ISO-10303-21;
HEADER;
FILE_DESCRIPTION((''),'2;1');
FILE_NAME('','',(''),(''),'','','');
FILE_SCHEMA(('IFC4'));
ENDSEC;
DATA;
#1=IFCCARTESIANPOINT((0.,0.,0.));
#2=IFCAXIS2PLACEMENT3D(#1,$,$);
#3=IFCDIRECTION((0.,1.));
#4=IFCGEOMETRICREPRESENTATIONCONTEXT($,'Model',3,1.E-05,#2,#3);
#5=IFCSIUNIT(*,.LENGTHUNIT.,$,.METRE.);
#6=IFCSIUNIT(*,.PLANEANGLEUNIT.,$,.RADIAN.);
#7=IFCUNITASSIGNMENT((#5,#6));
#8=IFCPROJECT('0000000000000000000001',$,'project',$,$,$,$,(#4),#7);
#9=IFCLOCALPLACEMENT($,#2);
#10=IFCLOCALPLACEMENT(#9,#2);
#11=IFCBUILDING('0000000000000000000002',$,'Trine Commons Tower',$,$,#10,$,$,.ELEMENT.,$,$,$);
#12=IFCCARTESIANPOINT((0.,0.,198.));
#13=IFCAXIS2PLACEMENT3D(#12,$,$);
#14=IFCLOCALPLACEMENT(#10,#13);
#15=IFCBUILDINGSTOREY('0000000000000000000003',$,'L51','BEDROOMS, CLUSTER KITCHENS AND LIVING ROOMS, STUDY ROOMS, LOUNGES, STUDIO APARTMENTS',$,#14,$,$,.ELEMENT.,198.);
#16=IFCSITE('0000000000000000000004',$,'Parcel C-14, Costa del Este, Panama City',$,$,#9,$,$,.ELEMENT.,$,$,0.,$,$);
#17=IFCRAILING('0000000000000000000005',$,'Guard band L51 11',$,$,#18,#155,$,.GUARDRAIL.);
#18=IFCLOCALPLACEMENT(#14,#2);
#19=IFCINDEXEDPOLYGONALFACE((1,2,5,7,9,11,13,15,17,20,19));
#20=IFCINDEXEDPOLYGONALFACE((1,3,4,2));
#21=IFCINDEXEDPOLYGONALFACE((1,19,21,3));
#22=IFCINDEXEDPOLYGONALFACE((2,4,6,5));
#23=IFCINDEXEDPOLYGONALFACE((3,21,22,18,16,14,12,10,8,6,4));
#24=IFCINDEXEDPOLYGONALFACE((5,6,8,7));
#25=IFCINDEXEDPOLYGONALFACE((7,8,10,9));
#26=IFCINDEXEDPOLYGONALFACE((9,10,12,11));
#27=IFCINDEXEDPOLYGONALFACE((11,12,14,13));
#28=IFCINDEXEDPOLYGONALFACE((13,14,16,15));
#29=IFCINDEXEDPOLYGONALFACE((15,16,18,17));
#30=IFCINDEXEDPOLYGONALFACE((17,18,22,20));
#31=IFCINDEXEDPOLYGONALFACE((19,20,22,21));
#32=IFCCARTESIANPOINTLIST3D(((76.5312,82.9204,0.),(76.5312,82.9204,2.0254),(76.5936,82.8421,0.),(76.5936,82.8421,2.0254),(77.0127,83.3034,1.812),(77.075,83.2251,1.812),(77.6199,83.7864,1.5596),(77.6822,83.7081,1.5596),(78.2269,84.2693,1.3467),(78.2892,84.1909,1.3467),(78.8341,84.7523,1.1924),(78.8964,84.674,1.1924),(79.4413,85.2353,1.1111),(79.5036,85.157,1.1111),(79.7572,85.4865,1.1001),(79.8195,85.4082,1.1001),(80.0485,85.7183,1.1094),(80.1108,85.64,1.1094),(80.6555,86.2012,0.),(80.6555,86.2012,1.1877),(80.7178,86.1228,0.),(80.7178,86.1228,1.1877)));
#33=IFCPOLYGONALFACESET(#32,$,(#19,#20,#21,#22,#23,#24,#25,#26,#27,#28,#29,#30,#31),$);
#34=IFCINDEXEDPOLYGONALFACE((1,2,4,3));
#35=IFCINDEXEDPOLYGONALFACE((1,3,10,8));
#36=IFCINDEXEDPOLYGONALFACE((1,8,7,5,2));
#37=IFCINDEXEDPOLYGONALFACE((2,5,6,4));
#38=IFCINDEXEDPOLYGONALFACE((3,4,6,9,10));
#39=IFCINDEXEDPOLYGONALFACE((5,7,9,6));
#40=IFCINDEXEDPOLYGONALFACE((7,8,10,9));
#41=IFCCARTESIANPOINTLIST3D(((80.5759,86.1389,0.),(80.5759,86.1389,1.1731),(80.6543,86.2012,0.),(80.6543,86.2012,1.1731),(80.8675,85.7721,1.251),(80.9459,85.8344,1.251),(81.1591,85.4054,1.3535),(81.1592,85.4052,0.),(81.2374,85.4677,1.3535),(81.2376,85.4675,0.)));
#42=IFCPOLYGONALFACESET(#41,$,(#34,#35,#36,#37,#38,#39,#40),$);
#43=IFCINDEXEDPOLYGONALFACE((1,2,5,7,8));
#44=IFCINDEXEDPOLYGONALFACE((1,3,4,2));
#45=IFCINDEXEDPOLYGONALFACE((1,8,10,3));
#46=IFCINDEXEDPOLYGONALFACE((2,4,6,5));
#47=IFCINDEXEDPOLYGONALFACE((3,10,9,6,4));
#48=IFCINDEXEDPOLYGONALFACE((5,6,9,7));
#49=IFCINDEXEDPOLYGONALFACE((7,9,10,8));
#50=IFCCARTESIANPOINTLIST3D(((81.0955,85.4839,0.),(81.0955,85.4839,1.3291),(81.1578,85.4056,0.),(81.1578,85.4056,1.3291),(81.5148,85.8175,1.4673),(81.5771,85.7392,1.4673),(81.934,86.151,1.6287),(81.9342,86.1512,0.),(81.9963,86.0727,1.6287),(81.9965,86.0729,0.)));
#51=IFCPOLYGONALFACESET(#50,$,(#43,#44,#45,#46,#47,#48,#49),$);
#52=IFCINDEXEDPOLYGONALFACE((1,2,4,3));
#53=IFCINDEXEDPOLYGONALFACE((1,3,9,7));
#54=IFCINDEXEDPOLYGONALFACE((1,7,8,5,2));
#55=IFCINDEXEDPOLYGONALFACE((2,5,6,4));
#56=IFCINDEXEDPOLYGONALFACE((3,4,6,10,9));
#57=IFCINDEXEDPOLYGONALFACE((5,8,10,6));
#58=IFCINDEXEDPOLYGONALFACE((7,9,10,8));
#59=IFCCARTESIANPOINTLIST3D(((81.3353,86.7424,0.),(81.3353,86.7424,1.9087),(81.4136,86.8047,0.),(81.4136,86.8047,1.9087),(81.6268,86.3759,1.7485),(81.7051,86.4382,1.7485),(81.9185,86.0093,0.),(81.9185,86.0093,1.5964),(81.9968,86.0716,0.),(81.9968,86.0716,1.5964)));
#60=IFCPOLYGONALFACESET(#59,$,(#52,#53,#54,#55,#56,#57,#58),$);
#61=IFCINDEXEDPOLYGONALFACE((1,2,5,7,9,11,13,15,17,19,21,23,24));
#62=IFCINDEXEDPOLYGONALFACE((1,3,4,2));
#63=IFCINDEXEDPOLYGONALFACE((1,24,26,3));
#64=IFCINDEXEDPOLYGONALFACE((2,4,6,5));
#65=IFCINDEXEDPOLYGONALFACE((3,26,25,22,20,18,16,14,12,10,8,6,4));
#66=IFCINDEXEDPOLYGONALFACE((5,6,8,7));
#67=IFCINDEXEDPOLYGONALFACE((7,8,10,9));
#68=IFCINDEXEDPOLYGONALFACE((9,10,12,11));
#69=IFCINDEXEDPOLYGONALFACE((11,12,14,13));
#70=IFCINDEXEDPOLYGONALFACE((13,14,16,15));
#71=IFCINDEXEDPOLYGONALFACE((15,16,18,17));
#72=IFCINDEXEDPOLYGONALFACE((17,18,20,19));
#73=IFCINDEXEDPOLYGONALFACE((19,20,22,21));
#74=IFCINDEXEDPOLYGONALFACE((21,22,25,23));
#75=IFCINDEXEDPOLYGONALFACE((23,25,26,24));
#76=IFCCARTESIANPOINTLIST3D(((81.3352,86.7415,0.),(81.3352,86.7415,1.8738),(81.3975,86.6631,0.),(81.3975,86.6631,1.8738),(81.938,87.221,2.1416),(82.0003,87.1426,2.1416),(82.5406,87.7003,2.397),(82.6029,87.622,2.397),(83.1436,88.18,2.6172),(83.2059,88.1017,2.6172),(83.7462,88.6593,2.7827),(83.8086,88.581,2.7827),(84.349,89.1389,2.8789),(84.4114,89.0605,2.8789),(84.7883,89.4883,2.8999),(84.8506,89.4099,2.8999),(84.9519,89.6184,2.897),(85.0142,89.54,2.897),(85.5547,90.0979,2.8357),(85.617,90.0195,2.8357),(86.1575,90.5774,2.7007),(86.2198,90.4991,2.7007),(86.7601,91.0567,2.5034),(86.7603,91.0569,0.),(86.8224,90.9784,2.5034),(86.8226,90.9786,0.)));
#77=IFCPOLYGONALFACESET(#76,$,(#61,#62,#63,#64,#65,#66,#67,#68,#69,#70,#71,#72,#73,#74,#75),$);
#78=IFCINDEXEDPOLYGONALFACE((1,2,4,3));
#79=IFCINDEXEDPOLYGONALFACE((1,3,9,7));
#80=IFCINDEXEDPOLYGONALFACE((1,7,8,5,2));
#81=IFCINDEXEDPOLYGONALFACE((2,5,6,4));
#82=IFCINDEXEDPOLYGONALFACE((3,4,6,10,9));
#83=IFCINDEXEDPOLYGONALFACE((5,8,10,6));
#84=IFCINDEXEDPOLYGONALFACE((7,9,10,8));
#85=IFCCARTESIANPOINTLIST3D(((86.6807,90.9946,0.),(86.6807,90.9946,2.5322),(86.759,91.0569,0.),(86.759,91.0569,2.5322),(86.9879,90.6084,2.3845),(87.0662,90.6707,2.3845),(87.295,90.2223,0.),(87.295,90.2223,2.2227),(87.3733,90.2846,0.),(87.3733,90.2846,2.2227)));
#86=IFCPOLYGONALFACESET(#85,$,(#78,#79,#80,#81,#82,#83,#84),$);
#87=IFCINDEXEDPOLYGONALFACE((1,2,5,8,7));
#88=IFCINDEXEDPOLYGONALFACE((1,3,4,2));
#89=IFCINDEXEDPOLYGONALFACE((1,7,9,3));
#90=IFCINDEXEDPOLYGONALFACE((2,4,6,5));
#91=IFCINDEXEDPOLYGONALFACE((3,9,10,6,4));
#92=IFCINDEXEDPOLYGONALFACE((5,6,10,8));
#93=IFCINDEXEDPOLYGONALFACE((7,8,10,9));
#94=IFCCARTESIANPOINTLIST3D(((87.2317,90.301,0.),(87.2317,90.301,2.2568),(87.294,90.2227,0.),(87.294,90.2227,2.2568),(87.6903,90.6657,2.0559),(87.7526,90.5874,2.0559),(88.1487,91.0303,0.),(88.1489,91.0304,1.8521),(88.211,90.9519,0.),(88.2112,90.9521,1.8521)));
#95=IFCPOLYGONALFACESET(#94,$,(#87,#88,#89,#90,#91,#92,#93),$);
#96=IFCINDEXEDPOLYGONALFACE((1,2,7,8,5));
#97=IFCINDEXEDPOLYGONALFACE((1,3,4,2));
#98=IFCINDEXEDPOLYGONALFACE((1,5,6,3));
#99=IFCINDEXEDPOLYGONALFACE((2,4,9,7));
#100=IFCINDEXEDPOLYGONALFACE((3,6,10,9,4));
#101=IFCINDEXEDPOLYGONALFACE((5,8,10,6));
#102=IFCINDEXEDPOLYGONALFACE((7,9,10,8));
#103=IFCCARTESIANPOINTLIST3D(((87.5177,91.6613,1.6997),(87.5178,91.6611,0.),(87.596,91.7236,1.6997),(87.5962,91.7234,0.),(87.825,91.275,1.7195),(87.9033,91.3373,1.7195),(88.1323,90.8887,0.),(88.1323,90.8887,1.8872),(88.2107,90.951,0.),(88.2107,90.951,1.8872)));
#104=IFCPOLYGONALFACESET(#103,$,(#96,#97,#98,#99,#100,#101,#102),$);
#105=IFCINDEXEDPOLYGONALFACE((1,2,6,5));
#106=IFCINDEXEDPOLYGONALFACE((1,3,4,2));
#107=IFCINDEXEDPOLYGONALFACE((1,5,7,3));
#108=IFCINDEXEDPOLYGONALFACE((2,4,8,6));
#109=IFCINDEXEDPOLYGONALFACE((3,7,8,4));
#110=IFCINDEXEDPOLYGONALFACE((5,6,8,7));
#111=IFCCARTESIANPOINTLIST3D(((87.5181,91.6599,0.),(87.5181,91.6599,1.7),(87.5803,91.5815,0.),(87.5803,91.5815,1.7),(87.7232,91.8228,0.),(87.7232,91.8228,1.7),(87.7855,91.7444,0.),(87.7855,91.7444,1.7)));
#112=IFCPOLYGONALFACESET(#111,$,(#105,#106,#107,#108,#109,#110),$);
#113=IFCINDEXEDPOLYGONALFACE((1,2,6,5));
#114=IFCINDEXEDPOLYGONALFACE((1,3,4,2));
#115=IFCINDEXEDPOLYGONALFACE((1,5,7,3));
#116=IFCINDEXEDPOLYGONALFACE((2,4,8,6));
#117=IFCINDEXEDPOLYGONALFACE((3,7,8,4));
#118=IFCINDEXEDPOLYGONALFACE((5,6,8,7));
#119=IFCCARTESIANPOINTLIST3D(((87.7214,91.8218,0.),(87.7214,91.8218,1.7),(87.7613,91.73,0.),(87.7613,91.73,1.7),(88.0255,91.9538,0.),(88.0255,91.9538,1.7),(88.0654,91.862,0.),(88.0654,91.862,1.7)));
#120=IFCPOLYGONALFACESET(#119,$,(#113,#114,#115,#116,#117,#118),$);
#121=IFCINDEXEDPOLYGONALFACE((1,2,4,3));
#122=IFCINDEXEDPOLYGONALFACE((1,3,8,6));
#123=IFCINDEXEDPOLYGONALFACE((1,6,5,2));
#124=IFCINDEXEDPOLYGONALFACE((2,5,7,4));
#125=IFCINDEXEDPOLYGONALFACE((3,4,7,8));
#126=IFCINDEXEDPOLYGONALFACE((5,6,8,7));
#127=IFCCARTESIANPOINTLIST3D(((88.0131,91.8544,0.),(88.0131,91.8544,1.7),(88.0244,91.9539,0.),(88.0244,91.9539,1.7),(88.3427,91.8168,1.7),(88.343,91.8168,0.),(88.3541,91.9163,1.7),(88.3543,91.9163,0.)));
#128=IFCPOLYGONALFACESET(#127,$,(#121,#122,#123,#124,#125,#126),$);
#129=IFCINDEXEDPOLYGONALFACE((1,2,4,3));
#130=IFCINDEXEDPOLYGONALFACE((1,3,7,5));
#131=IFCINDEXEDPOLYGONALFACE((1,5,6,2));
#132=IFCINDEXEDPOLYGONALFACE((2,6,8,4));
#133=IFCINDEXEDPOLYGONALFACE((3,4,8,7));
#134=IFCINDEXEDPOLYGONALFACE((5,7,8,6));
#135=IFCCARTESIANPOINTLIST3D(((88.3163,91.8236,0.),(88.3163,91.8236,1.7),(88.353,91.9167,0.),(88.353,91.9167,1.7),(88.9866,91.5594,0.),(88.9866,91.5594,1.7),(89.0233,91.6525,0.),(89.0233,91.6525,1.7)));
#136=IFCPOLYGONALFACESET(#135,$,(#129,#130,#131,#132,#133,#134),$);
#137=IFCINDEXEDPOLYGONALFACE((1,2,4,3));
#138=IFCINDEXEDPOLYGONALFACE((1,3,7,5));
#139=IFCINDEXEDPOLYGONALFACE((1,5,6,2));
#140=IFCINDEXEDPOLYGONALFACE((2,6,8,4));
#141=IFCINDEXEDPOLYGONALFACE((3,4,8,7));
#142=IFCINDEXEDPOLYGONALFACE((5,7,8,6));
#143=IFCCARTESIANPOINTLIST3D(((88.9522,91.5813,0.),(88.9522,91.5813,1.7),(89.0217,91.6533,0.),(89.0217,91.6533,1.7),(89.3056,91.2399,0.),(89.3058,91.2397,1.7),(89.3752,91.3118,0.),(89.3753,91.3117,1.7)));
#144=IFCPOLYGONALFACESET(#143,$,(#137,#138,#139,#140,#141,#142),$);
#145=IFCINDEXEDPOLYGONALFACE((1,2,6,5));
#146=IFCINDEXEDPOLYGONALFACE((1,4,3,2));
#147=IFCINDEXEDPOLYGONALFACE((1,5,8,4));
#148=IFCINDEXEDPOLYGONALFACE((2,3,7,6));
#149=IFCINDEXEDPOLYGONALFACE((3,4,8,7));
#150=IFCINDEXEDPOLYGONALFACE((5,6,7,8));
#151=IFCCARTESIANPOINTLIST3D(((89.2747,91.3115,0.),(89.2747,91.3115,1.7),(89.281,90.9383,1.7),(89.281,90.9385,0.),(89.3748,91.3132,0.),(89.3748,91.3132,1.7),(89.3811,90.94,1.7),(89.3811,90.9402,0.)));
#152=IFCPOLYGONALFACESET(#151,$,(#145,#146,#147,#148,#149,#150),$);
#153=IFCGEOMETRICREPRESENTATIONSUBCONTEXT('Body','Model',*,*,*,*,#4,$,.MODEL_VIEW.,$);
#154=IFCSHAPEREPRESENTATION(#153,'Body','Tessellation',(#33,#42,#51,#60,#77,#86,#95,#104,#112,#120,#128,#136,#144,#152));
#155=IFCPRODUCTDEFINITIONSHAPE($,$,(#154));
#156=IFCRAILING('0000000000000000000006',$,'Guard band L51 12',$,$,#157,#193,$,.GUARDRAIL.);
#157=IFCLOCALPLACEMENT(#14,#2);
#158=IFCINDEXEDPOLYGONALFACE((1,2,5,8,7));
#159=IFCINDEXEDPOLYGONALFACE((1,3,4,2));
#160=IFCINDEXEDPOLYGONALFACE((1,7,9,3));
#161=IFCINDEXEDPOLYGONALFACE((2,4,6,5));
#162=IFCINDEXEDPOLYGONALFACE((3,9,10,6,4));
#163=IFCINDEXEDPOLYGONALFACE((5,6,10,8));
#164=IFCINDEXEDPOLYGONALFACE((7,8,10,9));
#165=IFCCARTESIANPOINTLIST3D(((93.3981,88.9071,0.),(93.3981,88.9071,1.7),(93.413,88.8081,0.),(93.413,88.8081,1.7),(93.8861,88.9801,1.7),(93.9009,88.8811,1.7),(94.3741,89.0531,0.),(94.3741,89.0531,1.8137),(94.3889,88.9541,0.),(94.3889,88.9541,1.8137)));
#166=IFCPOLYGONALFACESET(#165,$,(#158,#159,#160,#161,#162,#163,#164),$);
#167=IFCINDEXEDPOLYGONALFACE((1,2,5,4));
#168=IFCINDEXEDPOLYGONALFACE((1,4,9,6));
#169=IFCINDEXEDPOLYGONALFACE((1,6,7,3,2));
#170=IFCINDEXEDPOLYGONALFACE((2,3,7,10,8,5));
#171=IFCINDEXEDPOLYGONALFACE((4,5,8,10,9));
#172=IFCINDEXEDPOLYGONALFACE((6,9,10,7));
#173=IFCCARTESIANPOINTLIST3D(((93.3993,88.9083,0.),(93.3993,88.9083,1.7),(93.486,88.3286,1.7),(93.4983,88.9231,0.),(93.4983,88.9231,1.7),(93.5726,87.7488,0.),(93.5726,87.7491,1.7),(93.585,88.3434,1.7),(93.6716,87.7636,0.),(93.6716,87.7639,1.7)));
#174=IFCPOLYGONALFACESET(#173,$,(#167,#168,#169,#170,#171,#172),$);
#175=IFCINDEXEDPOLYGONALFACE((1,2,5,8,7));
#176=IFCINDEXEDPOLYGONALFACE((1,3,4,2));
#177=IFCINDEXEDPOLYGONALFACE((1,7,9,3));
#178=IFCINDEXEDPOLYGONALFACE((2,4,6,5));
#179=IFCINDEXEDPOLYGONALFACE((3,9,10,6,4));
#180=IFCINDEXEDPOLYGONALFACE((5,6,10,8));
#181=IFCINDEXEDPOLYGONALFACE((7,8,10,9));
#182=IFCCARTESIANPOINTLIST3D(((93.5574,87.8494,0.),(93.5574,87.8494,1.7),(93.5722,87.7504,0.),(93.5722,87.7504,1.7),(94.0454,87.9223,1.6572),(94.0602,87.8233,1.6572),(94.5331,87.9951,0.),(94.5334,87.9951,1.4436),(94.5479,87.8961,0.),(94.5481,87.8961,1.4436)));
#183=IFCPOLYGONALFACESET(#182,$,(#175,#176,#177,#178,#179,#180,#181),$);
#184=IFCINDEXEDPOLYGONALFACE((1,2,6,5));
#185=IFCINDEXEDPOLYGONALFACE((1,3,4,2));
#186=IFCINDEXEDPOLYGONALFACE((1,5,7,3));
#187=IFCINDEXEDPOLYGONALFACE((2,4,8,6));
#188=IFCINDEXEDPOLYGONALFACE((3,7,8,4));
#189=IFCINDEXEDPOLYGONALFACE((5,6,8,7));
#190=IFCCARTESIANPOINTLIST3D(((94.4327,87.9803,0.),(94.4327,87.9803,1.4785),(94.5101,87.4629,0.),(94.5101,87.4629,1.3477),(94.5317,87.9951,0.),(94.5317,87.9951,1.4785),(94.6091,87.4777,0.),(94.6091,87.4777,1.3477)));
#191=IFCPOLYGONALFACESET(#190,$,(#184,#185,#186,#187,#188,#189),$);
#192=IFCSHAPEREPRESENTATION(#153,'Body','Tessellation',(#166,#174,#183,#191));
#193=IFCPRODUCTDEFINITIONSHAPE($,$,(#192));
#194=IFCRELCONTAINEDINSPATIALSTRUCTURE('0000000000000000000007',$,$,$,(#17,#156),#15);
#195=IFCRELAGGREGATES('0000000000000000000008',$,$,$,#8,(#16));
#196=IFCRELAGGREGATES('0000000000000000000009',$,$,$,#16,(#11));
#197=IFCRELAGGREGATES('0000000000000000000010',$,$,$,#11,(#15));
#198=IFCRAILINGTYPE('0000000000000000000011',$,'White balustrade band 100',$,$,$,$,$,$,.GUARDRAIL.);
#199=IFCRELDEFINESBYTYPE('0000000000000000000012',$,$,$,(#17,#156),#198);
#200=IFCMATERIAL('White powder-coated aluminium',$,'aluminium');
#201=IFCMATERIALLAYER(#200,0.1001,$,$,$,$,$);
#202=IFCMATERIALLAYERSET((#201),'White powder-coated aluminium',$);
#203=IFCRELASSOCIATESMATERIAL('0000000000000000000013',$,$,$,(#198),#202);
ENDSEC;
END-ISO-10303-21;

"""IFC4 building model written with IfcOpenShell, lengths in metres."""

from ifc_helpers import new_model, si_unit, direction, frame, origin, place, context, subcontext, project, spatial, polyline, outline, extrude, material, layer, layer_set, type_object, element, save


model = new_model("IFC4")

# Units and contexts
model_context = context("Model", 3, precision=1e-05, world=origin(), true_north=direction((0.0, 1.0)))
body_context = subcontext(model_context, "Body", "Model", "MODEL_VIEW")
ifc_project = project(units=[si_unit("LENGTHUNIT", "METRE"), si_unit("PLANEANGLEUNIT", "RADIAN")], contexts=[model_context])

# Site, building, storey
site_placement = place(None, origin())
site = spatial("IfcSite", under=ifc_project, at=site_placement, Name="Parcel C-14, Costa del Este, Panama City", CompositionType="ELEMENT", RefElevation=0.0)
building_placement = place(site_placement, origin())
building = spatial("IfcBuilding", under=site, at=building_placement, Name="Trine Commons Tower", CompositionType="ELEMENT")
storey_placement = place(building_placement, frame((0.0, 0.0, 198.0)))
storey = spatial("IfcBuildingStorey", under=building, at=storey_placement, Name="L51", Description="BEDROOMS, CLUSTER KITCHENS AND LIVING ROOMS, STUDY ROOMS, LOUNGES, STUDIO APARTMENTS", CompositionType="ELEMENT", Elevation=198.0)

# Railings
ifc_material_1 = material(Name="White powder-coated aluminium", Category="aluminium")
ifc_layer_1 = layer(ifc_material_1, 0.1001)
ifc_layer_set_1 = layer_set([ifc_layer_1], Name="White powder-coated aluminium")
railing_type = type_object("IfcRailingType", Name="White balustrade band 100", PredefinedType="GUARDRAIL", material=ifc_layer_set_1)
railing_1_placement = place(storey_placement, origin())
element("IfcRailing", 1, at=railing_1_placement, inside=storey, type_object=railing_type, Name="Guard band L51 11", PredefinedType="GUARDRAIL", context=body_context, shape_type="SweptSolid", body=[
    extrude(outline(polyline([(0.0, 0.0), (5.27, 0.0), (5.27, 1.1877), (4.4944, 1.1094), (4.1221, 1.1001), (3.7185, 1.1111), (2.9426, 1.1924), (2.1667, 1.3467), (1.3911, 1.5596), (0.6152, 1.812), (0.0, 2.0254), (0.0, 0.0)])), frame((76.5312, 82.9204, 0.0), z_axis=(0.622535, -0.782592, 0.0), x_axis=(0.782592, 0.622535, 0.0)), (0.0, 0.0, 1.0), 0.1001),
    extrude(outline(polyline([(0.0, 0.0), (0.9373, 0.0), (0.937, 1.3535), (0.4685, 1.251), (0.0, 1.1731), (0.0, 0.0)])), frame((80.6543, 86.2012, 0.0), z_axis=(-0.782771, -0.62231, 0.0), x_axis=(0.62231, -0.782771, 0.0)), (0.0, 0.0, 1.0), 0.1001),
    extrude(outline(polyline([(0.0, 0.0), (1.0718, 0.0), (1.0715, 1.6287), (0.5359, 1.4673), (0.0, 1.3291), (0.0, 0.0)])), frame((81.0955, 85.4839, 0.0), z_axis=(0.622609, -0.782533, 0.0), x_axis=(0.782533, 0.622609, 0.0)), (0.0, 0.0, 1.0), 0.1001),
    extrude(outline(polyline([(0.0, 0.0), (0.9368, 0.0), (0.9368, 1.9087), (0.4685, 1.7485), (0.0, 1.5964), (0.0, 0.0)])), frame((81.9185, 86.0093, 0.0), z_axis=(0.782569, 0.622563, 0.0), x_axis=(-0.622563, 0.782569, 0.0)), (0.0, 0.0, 1.0), 0.1001),
    extrude(outline(polyline([(0.0, 0.0), (6.9321, 0.0), (6.9319, 2.5034), (6.1619, 2.7007), (5.3916, 2.8357), (4.6213, 2.897), (4.4124, 2.8999), (3.8511, 2.8789), (3.0808, 2.7827), (2.3108, 2.6172), (1.5403, 2.397), (0.7703, 2.1416), (0.0, 1.8738), (0.0, 0.0)])), frame((81.3352, 86.7415, 0.0), z_axis=(0.622528, -0.782598, 0.0), x_axis=(0.782598, 0.622528, 0.0)), (0.0, 0.0, 1.0), 0.1001),
    extrude(outline(polyline([(0.0, 0.0), (0.9868, 0.0), (0.9868, 2.2227), (0.4934, 2.3845), (0.0, 2.5322), (0.0, 0.0)])), frame((86.759, 91.0569, 0.0), z_axis=(-0.782604, -0.62252, 0.0), x_axis=(0.62252, -0.782604, 0.0)), (0.0, 0.0, 1.0), 0.1001),
    extrude(outline(polyline([(0.0, 0.0), (1.1716, 0.0), (1.1719, 1.8521), (0.5859, 2.0559), (0.0, 2.2568), (0.0, 0.0)])), frame((87.2317, 90.301, 0.0), z_axis=(0.622431, -0.782675, 0.0), x_axis=(0.782675, 0.622431, 0.0)), (0.0, 0.0, 1.0), 0.1001),
    extrude(outline(polyline([(0.0, 0.0), (0.9871, 0.0), (0.9873, 1.6997), (0.4937, 1.7195), (0.0, 1.8872), (0.0, 0.0)])), frame((88.1323, 90.8887, 0.0), z_axis=(0.782579, 0.622551, 0.0), x_axis=(-0.622551, 0.782579, 0.0)), (0.0, 0.0, 1.0), 0.1001),
    extrude(outline(polyline([(0.0, 0.0), (0.262, 0.0), (0.262, 1.7), (0.0, 1.7), (0.0, 0.0)])), frame((87.5181, 91.6599, 0.0), z_axis=(0.621849, -0.783138, 0.0), x_axis=(0.783138, 0.621849, 0.0)), (0.0, 0.0, 1.0), 0.1001),
    extrude(outline(polyline([(0.0, 0.0), (0.3315, 0.0), (0.3315, 1.7), (0.0, 1.7), (0.0, 0.0)])), frame((87.7214, 91.8218, 0.0), z_axis=(0.398268, -0.917269, 0.0), x_axis=(0.917269, 0.398268, 0.0)), (0.0, 0.0, 1.0), 0.1001),
    extrude(outline(polyline([(0.0, 0.0), (0.332, 0.0), (0.3318, 1.7), (0.0, 1.7), (0.0, 0.0)])), frame((88.0244, 91.9539, 0.0), z_axis=(-0.113256, -0.993566, 0.0), x_axis=(0.993566, -0.113256, 0.0)), (0.0, 0.0, 1.0), 0.1001),
    extrude(outline(polyline([(0.0, 0.0), (0.7205, 0.0), (0.7205, 1.7), (0.0, 1.7), (0.0, 0.0)])), frame((88.353, 91.9167, 0.0), z_axis=(-0.366711, -0.930335, 0.0), x_axis=(0.930335, -0.366711, 0.0)), (0.0, 0.0, 1.0), 0.1001),
    extrude(outline(polyline([(0.0, 0.0), (0.4915, 0.0), (0.4917, 1.7), (0.0, 1.7), (0.0, 0.0)])), frame((89.0217, 91.6533, 0.0), z_axis=(-0.694834, -0.71917, 0.0), x_axis=(0.71917, -0.694834, 0.0)), (0.0, 0.0, 1.0), 0.1001),
    extrude(outline(polyline([(0.0, 0.0), (0.373, 0.0), (0.3733, 1.7), (0.0, 1.7), (0.0, 0.0)])), frame((89.3748, 91.3132, 0.0), z_axis=(-0.999855, -0.017013, 0.0), x_axis=(0.017013, -0.999855, 0.0)), (0.0, 0.0, 1.0), 0.1001),
])
railing_2_placement = place(storey_placement, origin())
element("IfcRailing", 2, at=railing_2_placement, inside=storey, type_object=railing_type, Name="Guard band L51 12", PredefinedType="GUARDRAIL", context=body_context, shape_type="SweptSolid", body=[
    extrude(outline(polyline([(0.0, 0.0), (0.9868, 0.0), (0.9868, 1.7), (0.4934, 1.7), (0.0, 1.8137), (0.0, 0.0)])), frame((94.3889, 88.9541, 0.0), z_axis=(-0.147929, 0.988998, 0.0), x_axis=(-0.988998, -0.147929, 0.0)), (0.0, 0.0, 1.0), 0.1001),
    extrude(outline(polyline([(0.0, 0.0), (1.1724, 0.0), (1.1721, 1.7), (0.5862, 1.7), (0.0, 1.7), (0.0, 0.0)])), frame((93.4983, 88.9231, 0.0), z_axis=(-0.989008, -0.147862, 0.0), x_axis=(0.147862, -0.989008, 0.0)), (0.0, 0.0, 1.0), 0.1001),
    extrude(outline(polyline([(0.0, 0.0), (0.9866, 0.0), (0.9868, 1.4436), (0.4934, 1.6572), (0.0, 1.7), (0.0, 0.0)])), frame((93.5574, 87.8494, 0.0), z_axis=(0.147723, -0.989029, 0.0), x_axis=(0.989029, 0.147723, 0.0)), (0.0, 0.0, 1.0), 0.1001),
    extrude(outline(polyline([(0.0, 0.0), (0.5232, 0.0), (0.5232, 1.3477), (0.0, 1.4785), (0.0, 0.0)])), frame((94.5317, 87.9951, 0.0), z_axis=(-0.988994, -0.147952, 0.0), x_axis=(0.147952, -0.988994, 0.0)), (0.0, 0.0, 1.0), 0.1001),
])

save(model, "model.ifc")
